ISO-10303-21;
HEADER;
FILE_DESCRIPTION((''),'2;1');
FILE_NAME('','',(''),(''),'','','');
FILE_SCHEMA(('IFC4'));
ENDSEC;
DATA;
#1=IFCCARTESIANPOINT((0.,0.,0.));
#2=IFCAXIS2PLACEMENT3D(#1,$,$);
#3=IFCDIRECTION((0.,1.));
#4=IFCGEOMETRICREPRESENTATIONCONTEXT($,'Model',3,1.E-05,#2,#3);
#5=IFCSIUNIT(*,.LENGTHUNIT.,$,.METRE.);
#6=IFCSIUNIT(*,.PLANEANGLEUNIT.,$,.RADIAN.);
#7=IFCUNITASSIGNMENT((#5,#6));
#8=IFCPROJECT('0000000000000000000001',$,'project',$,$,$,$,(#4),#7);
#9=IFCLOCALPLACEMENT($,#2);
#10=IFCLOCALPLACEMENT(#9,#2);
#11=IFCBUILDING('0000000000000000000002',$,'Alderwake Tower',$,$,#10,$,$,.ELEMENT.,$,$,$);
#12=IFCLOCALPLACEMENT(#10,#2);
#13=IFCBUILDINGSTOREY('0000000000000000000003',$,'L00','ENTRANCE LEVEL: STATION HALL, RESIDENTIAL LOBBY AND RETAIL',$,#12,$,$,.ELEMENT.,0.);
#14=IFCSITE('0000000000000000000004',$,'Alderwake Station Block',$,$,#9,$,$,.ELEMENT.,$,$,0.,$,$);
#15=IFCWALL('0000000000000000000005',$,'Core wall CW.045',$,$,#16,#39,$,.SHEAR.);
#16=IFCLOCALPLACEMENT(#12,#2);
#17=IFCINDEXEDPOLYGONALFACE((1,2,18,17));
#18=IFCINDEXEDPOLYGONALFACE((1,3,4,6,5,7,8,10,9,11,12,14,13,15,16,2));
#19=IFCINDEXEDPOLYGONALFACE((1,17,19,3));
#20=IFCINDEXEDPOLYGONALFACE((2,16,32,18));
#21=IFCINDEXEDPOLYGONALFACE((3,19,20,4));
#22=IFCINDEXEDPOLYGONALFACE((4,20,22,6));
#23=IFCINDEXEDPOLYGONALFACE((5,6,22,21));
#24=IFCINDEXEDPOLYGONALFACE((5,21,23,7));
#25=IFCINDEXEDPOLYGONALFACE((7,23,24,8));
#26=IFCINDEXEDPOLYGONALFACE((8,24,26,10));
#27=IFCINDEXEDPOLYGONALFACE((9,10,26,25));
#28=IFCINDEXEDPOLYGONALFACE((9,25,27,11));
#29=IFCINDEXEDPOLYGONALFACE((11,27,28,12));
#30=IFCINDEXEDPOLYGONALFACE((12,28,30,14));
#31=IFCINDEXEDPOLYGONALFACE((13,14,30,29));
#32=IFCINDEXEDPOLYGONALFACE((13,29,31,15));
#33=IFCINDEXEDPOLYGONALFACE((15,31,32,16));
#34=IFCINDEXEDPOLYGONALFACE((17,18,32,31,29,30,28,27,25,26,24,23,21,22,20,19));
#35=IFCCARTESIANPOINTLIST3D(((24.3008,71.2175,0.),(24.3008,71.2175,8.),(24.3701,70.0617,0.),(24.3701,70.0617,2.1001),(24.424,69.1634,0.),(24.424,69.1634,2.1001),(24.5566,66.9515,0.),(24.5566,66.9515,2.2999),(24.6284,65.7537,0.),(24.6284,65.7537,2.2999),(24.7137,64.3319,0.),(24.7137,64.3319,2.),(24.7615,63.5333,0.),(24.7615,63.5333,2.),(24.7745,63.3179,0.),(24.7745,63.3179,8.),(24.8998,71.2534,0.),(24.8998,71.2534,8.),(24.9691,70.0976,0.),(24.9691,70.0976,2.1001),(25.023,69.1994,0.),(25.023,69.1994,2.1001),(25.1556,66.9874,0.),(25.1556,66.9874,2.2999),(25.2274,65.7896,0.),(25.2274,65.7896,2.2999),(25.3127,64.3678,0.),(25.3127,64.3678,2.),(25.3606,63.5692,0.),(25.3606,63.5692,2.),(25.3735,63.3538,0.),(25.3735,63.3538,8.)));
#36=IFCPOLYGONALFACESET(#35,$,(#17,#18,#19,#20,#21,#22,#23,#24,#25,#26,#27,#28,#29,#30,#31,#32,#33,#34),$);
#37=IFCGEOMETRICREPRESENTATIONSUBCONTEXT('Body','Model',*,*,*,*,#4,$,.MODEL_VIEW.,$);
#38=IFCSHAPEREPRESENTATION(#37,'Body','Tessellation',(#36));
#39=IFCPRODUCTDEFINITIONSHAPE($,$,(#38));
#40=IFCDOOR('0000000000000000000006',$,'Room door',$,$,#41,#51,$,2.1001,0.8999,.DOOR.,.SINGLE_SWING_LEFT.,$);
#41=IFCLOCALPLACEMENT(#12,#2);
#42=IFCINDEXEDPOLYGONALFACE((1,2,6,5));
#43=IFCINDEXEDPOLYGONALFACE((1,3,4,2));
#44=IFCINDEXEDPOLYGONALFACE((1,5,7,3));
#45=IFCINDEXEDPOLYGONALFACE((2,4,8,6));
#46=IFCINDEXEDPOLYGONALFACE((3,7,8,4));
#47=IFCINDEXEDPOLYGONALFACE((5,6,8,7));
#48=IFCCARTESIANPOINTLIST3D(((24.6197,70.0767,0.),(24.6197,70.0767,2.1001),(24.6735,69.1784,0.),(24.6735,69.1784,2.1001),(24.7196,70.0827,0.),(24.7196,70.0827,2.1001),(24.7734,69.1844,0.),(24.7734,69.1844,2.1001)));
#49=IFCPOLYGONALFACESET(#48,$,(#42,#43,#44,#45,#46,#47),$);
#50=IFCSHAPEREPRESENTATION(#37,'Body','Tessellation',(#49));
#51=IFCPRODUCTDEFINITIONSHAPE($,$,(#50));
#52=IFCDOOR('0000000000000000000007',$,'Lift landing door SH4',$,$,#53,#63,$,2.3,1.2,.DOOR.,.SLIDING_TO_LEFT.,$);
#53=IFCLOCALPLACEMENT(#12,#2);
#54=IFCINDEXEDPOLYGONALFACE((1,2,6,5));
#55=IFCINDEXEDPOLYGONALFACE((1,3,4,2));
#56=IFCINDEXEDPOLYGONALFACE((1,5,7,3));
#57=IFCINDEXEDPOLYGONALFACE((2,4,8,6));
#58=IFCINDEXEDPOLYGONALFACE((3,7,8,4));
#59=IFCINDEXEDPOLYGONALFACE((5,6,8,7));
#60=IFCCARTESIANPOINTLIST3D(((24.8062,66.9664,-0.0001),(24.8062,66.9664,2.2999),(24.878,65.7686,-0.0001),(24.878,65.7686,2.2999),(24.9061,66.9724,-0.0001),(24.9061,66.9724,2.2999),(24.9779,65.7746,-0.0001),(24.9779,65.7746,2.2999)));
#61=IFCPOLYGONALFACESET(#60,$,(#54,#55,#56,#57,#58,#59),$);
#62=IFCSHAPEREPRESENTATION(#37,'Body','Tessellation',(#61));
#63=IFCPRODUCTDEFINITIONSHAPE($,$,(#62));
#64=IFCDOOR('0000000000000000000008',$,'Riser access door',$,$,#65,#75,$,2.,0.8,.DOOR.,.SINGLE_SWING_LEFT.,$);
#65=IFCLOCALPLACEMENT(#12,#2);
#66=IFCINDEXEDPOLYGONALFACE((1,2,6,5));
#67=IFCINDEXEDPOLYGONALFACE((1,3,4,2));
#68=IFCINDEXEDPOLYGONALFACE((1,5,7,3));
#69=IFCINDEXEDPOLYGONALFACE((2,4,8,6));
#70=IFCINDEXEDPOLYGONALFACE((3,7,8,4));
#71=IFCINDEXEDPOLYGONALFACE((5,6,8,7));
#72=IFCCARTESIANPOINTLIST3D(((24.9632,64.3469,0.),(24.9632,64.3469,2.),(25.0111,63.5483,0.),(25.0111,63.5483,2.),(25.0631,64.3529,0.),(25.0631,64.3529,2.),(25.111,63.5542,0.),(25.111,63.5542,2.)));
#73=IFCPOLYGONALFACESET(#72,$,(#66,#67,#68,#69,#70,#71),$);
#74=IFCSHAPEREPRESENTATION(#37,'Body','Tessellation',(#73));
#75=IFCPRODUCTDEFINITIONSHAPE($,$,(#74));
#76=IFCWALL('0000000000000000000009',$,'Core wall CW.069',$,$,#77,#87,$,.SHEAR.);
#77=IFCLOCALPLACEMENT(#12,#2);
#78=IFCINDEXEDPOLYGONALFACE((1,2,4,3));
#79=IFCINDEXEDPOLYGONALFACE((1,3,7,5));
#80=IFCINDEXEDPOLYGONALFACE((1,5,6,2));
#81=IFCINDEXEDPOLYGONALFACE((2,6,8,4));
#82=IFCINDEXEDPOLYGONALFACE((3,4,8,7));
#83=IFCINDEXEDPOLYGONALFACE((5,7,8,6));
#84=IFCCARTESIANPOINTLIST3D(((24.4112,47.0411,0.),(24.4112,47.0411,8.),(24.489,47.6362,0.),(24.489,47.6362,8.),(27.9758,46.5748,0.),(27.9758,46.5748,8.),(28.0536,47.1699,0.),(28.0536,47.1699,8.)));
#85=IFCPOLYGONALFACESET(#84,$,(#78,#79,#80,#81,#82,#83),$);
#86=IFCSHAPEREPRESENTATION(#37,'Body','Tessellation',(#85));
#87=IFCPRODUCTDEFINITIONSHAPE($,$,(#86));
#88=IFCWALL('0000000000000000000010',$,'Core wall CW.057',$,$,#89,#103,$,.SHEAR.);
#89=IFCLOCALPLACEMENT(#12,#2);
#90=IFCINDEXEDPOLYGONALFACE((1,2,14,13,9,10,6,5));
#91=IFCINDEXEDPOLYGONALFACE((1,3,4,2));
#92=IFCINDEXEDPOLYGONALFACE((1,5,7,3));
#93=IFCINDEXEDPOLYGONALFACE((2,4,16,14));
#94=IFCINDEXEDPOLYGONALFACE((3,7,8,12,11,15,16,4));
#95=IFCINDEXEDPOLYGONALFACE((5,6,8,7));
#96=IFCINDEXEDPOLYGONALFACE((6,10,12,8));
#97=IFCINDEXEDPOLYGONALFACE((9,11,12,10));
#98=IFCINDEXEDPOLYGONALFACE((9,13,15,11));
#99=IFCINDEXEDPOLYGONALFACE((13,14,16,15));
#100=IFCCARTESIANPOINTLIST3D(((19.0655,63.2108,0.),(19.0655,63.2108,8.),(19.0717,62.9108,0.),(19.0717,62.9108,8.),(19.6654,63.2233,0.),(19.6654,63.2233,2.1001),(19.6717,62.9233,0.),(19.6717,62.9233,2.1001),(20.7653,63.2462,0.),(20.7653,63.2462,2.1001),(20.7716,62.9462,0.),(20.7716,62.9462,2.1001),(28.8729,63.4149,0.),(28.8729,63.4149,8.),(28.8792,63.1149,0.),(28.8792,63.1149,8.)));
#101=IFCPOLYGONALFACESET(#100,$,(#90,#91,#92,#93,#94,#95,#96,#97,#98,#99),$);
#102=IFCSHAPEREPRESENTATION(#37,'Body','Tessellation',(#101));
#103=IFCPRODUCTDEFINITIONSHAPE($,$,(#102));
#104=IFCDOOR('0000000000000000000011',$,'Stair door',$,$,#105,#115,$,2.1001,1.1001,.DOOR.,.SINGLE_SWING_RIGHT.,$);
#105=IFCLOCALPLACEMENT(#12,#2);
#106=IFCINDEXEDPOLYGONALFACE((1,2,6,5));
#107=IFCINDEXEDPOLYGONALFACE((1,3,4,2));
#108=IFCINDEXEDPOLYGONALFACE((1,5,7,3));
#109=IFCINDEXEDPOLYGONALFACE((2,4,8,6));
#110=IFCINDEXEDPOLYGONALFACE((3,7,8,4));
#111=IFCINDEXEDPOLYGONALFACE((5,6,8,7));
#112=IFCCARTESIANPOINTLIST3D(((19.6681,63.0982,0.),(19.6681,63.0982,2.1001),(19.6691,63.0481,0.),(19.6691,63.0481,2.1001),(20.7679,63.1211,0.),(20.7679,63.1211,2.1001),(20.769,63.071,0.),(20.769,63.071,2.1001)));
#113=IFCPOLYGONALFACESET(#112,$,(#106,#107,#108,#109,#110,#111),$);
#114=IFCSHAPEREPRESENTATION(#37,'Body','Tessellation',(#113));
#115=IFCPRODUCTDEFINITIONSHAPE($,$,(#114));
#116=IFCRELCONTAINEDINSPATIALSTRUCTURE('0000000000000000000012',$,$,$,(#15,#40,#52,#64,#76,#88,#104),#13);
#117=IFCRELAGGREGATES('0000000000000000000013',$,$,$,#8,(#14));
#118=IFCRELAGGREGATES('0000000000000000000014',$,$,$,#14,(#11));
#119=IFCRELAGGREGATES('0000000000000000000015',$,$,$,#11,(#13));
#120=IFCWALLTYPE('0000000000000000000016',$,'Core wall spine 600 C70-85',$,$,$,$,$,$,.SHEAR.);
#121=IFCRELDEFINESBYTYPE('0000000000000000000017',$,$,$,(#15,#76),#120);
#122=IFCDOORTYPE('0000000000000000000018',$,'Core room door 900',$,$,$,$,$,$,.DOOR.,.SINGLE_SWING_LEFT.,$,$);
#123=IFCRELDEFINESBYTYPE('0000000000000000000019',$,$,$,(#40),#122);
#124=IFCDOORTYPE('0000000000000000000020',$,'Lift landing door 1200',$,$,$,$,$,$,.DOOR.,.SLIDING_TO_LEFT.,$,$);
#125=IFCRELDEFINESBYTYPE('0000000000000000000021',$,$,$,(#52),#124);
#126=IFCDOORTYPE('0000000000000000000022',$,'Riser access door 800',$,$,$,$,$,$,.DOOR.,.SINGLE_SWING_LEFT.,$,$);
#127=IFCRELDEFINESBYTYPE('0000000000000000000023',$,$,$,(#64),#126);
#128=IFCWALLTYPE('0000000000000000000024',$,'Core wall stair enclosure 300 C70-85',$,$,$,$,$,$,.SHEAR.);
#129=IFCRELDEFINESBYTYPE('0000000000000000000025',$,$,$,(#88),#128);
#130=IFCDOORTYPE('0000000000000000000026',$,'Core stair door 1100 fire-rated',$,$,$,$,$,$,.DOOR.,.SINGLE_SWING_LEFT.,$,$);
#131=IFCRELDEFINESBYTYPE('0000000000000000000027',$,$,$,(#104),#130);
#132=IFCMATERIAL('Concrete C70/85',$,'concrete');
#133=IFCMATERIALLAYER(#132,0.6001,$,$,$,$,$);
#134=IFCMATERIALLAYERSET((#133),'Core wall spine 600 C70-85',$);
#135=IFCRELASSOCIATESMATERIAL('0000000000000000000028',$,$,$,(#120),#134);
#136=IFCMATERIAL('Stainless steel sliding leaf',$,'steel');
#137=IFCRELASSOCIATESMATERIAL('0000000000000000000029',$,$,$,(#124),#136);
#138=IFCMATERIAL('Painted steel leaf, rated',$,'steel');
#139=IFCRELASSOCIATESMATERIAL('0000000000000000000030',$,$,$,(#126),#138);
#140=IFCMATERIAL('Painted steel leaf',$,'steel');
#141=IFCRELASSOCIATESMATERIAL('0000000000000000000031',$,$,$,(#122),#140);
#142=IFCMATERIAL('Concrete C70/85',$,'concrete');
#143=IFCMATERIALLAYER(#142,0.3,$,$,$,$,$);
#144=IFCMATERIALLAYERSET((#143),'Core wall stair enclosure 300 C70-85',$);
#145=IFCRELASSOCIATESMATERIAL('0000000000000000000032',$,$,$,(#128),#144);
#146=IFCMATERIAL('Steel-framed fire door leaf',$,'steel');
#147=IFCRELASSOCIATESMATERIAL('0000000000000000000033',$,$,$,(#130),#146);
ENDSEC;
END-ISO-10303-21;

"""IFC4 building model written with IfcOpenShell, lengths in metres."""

from ifc_helpers import new_model, si_unit, direction, frame, frame_2d, origin, place, context, subcontext, project, spatial, rectangle, extrude, material, layer, layer_set, type_object, element, fill, save


model = new_model("IFC4")

# Units and contexts
model_context = context("Model", 3, precision=1e-05, world=origin(), true_north=direction((0.0, 1.0)))
body_context = subcontext(model_context, "Body", "Model", "MODEL_VIEW")
ifc_project = project(units=[si_unit("LENGTHUNIT", "METRE"), si_unit("PLANEANGLEUNIT", "RADIAN")], contexts=[model_context])

# Site, building, storey
site_placement = place(None, origin())
site = spatial("IfcSite", under=ifc_project, at=site_placement, Name="Alderwake Station Block", CompositionType="ELEMENT", RefElevation=0.0)
building_placement = place(site_placement, origin())
building = spatial("IfcBuilding", under=site, at=building_placement, Name="Alderwake Tower", CompositionType="ELEMENT")
storey_placement = place(building_placement, origin())
storey = spatial("IfcBuildingStorey", under=building, at=storey_placement, Name="L00", Description="ENTRANCE LEVEL: STATION HALL, RESIDENTIAL LOBBY AND RETAIL", CompositionType="ELEMENT", Elevation=0.0)

# Wall, openings, doors
ifc_material_1 = material(Name="Concrete C70/85", Category="concrete")
ifc_layer_1 = layer(ifc_material_1, 0.6001)
ifc_layer_set_1 = layer_set([ifc_layer_1], Name="Core wall spine 600 C70-85")
wall_type_1 = type_object("IfcWallType", Name="Core wall spine 600 C70-85", PredefinedType="SHEAR", material=ifc_layer_set_1)
ifc_material_2 = material(Name="Stainless steel sliding leaf", Category="steel")
door_type_1 = type_object("IfcDoorType", Name="Lift landing door 1200", OperationType="SLIDING_TO_LEFT", PredefinedType="DOOR", material=ifc_material_2)
ifc_material_3 = material(Name="Painted steel leaf, rated", Category="steel")
door_type_2 = type_object("IfcDoorType", Name="Riser access door 800", OperationType="SINGLE_SWING_LEFT", PredefinedType="DOOR", material=ifc_material_3)
wall_1_placement = place(storey_placement, frame((25.074, 63.3357, 0.0), z_axis=(0.0, 0.0, 1.0), x_axis=(-0.059849, 0.998207, 0.0)))
wall_1 = element("IfcWall", 1, at=wall_1_placement, inside=storey, type_object=wall_type_1, Name="Core wall CW.045", PredefinedType="SHEAR", context=body_context, shape_type="SweptSolid", body=[
    extrude(rectangle(XDim=7.9138, YDim=0.6001, at=frame_2d((3.957, 0.0))), origin(), (0.0, 0.0, 1.0), 8.0),
])
opening_1_placement = place(wall_1_placement, frame((2.4402, 0.0, 0.0)))
opening_1 = element("IfcOpeningElement", 2, at=opening_1_placement, cuts=wall_1, PredefinedType="OPENING", context=body_context, shape_type="SweptSolid", body=[
    extrude(rectangle(XDim=1.2, YDim=2.3, at=frame_2d((0.6001, 1.1499))), frame((0.0, 0.3101, 0.0), z_axis=(0.0, -1.0, 0.0), x_axis=(1.0, 0.0, 0.0)), (0.0, 0.0, 1.0), 0.6201),
])
opening_2_placement = place(wall_1_placement, frame((0.2161, 0.0, 0.0)))
opening_2 = element("IfcOpeningElement", 3, at=opening_2_placement, cuts=wall_1, PredefinedType="OPENING", context=body_context, shape_type="SweptSolid", body=[
    extrude(rectangle(XDim=0.8, YDim=2.0, at=frame_2d((0.3999, 1.0))), frame((0.0, 0.3101, 0.0), z_axis=(0.0, -1.0, 0.0), x_axis=(1.0, 0.0, 0.0)), (0.0, 0.0, 1.0), 0.6201),
])
opening_3_placement = place(wall_1_placement, frame((5.8562, 0.0, 0.0)))
opening_3 = element("IfcOpeningElement", 4, at=opening_3_placement, cuts=wall_1, PredefinedType="OPENING", context=body_context, shape_type="SweptSolid", body=[
    extrude(rectangle(XDim=0.8999, YDim=2.1001, at=frame_2d((0.45, 1.05))), frame((0.0, 0.3101, 0.0), z_axis=(0.0, -1.0, 0.0), x_axis=(1.0, 0.0, 0.0)), (0.0, 0.0, 1.0), 0.6201),
])
ifc_material_4 = material(Name="Painted steel leaf", Category="steel")
door_type_3 = type_object("IfcDoorType", Name="Core room door 900", OperationType="SINGLE_SWING_LEFT", PredefinedType="DOOR", material=ifc_material_4)
door_1_placement = place(opening_3_placement, origin())
door_1 = element("IfcDoor", 5, at=door_1_placement, inside=storey, type_object=door_type_3, Name="Room door", OperationType="SINGLE_SWING_LEFT", OverallHeight=2.1001, OverallWidth=0.8999, PredefinedType="DOOR", context=body_context, shape_type="SweptSolid", body=[
    extrude(rectangle(XDim=0.8999, YDim=2.1001, at=frame_2d((0.45, 1.05))), frame((0.0, 0.05, 0.0), z_axis=(0.0, -1.0, 0.0), x_axis=(1.0, 0.0, 0.0)), (0.0, 0.0, 1.0), 0.1001),
])
fill(opening_3, door_1)
door_2_placement = place(opening_1_placement, origin())
door_2 = element("IfcDoor", 6, at=door_2_placement, inside=storey, type_object=door_type_1, Name="Lift landing door SH4", OperationType="SLIDING_TO_LEFT", OverallHeight=2.3, OverallWidth=1.2, PredefinedType="DOOR", context=body_context, shape_type="SweptSolid", body=[
    extrude(rectangle(XDim=1.2, YDim=2.3, at=frame_2d((0.6001, 1.1499))), frame((0.0, 0.05, 0.0), z_axis=(0.0, -1.0, 0.0), x_axis=(1.0, 0.0, 0.0)), (0.0, 0.0, 1.0), 0.1001),
])
fill(opening_1, door_2)
door_3_placement = place(opening_2_placement, origin())
door_3 = element("IfcDoor", 7, at=door_3_placement, inside=storey, type_object=door_type_2, Name="Riser access door", OperationType="SINGLE_SWING_LEFT", OverallHeight=2.0, OverallWidth=0.8, PredefinedType="DOOR", context=body_context, shape_type="SweptSolid", body=[
    extrude(rectangle(XDim=0.8, YDim=2.0, at=frame_2d((0.3999, 1.0))), frame((0.0, 0.05, 0.0), z_axis=(0.0, -1.0, 0.0), x_axis=(1.0, 0.0, 0.0)), (0.0, 0.0, 1.0), 0.1001),
])
fill(opening_2, door_3)

# Wall
wall_2_placement = place(storey_placement, frame((24.4502, 47.3386, 0.0), z_axis=(0.0, 0.0, 1.0), x_axis=(0.991552, -0.129708, 0.0)))
element("IfcWall", 8, at=wall_2_placement, inside=storey, type_object=wall_type_1, Name="Core wall CW.069", PredefinedType="SHEAR", context=body_context, shape_type="SweptSolid", body=[
    extrude(rectangle(XDim=3.595, YDim=0.6001, at=frame_2d((1.7974, 0.0))), origin(), (0.0, 0.0, 1.0), 8.0),
])

# Wall, opening, door
ifc_material_5 = material(Name="Concrete C70/85", Category="concrete")
ifc_layer_2 = layer(ifc_material_5, 0.3)
ifc_layer_set_2 = layer_set([ifc_layer_2], Name="Core wall stair enclosure 300 C70-85")
wall_type_2 = type_object("IfcWallType", Name="Core wall stair enclosure 300 C70-85", PredefinedType="SHEAR", material=ifc_layer_set_2)
wall_3_placement = place(storey_placement, frame((19.0686, 63.0608, 0.0), z_axis=(0.0, 0.0, 1.0), x_axis=(0.999784, 0.020807, 0.0)))
wall_3 = element("IfcWall", 9, at=wall_3_placement, inside=storey, type_object=wall_type_2, Name="Core wall CW.057", PredefinedType="SHEAR", context=body_context, shape_type="SweptSolid", body=[
    extrude(rectangle(XDim=9.8096, YDim=0.3, at=frame_2d((4.9048, 0.0))), origin(), (0.0, 0.0, 1.0), 8.0),
])
opening_4_placement = place(wall_3_placement, frame((0.6001, 0.0, 0.0)))
opening_4 = element("IfcOpeningElement", 10, at=opening_4_placement, cuts=wall_3, PredefinedType="OPENING", context=body_context, shape_type="SweptSolid", body=[
    extrude(rectangle(XDim=1.1001, YDim=2.1001, at=frame_2d((0.55, 1.05))), frame((0.0, 0.1599, 0.0), z_axis=(0.0, -1.0, 0.0), x_axis=(1.0, 0.0, 0.0)), (0.0, 0.0, 1.0), 0.3201),
])
ifc_material_6 = material(Name="Steel-framed fire door leaf", Category="steel")
door_type_4 = type_object("IfcDoorType", Name="Core stair door 1100 fire-rated", OperationType="SINGLE_SWING_LEFT", PredefinedType="DOOR", material=ifc_material_6)
door_4_placement = place(opening_4_placement, origin())
door_4 = element("IfcDoor", 11, at=door_4_placement, inside=storey, type_object=door_type_4, Name="Stair door", OperationType="SINGLE_SWING_RIGHT", OverallHeight=2.1001, OverallWidth=1.1001, PredefinedType="DOOR", context=body_context, shape_type="SweptSolid", body=[
    extrude(rectangle(XDim=1.1001, YDim=2.1001, at=frame_2d((0.55, 1.05))), frame((0.0, 0.0249, 0.0), z_axis=(0.0, -1.0, 0.0), x_axis=(1.0, 0.0, 0.0)), (0.0, 0.0, 1.0), 0.05),
])
fill(opening_4, door_4)

save(model, "model.ifc")
